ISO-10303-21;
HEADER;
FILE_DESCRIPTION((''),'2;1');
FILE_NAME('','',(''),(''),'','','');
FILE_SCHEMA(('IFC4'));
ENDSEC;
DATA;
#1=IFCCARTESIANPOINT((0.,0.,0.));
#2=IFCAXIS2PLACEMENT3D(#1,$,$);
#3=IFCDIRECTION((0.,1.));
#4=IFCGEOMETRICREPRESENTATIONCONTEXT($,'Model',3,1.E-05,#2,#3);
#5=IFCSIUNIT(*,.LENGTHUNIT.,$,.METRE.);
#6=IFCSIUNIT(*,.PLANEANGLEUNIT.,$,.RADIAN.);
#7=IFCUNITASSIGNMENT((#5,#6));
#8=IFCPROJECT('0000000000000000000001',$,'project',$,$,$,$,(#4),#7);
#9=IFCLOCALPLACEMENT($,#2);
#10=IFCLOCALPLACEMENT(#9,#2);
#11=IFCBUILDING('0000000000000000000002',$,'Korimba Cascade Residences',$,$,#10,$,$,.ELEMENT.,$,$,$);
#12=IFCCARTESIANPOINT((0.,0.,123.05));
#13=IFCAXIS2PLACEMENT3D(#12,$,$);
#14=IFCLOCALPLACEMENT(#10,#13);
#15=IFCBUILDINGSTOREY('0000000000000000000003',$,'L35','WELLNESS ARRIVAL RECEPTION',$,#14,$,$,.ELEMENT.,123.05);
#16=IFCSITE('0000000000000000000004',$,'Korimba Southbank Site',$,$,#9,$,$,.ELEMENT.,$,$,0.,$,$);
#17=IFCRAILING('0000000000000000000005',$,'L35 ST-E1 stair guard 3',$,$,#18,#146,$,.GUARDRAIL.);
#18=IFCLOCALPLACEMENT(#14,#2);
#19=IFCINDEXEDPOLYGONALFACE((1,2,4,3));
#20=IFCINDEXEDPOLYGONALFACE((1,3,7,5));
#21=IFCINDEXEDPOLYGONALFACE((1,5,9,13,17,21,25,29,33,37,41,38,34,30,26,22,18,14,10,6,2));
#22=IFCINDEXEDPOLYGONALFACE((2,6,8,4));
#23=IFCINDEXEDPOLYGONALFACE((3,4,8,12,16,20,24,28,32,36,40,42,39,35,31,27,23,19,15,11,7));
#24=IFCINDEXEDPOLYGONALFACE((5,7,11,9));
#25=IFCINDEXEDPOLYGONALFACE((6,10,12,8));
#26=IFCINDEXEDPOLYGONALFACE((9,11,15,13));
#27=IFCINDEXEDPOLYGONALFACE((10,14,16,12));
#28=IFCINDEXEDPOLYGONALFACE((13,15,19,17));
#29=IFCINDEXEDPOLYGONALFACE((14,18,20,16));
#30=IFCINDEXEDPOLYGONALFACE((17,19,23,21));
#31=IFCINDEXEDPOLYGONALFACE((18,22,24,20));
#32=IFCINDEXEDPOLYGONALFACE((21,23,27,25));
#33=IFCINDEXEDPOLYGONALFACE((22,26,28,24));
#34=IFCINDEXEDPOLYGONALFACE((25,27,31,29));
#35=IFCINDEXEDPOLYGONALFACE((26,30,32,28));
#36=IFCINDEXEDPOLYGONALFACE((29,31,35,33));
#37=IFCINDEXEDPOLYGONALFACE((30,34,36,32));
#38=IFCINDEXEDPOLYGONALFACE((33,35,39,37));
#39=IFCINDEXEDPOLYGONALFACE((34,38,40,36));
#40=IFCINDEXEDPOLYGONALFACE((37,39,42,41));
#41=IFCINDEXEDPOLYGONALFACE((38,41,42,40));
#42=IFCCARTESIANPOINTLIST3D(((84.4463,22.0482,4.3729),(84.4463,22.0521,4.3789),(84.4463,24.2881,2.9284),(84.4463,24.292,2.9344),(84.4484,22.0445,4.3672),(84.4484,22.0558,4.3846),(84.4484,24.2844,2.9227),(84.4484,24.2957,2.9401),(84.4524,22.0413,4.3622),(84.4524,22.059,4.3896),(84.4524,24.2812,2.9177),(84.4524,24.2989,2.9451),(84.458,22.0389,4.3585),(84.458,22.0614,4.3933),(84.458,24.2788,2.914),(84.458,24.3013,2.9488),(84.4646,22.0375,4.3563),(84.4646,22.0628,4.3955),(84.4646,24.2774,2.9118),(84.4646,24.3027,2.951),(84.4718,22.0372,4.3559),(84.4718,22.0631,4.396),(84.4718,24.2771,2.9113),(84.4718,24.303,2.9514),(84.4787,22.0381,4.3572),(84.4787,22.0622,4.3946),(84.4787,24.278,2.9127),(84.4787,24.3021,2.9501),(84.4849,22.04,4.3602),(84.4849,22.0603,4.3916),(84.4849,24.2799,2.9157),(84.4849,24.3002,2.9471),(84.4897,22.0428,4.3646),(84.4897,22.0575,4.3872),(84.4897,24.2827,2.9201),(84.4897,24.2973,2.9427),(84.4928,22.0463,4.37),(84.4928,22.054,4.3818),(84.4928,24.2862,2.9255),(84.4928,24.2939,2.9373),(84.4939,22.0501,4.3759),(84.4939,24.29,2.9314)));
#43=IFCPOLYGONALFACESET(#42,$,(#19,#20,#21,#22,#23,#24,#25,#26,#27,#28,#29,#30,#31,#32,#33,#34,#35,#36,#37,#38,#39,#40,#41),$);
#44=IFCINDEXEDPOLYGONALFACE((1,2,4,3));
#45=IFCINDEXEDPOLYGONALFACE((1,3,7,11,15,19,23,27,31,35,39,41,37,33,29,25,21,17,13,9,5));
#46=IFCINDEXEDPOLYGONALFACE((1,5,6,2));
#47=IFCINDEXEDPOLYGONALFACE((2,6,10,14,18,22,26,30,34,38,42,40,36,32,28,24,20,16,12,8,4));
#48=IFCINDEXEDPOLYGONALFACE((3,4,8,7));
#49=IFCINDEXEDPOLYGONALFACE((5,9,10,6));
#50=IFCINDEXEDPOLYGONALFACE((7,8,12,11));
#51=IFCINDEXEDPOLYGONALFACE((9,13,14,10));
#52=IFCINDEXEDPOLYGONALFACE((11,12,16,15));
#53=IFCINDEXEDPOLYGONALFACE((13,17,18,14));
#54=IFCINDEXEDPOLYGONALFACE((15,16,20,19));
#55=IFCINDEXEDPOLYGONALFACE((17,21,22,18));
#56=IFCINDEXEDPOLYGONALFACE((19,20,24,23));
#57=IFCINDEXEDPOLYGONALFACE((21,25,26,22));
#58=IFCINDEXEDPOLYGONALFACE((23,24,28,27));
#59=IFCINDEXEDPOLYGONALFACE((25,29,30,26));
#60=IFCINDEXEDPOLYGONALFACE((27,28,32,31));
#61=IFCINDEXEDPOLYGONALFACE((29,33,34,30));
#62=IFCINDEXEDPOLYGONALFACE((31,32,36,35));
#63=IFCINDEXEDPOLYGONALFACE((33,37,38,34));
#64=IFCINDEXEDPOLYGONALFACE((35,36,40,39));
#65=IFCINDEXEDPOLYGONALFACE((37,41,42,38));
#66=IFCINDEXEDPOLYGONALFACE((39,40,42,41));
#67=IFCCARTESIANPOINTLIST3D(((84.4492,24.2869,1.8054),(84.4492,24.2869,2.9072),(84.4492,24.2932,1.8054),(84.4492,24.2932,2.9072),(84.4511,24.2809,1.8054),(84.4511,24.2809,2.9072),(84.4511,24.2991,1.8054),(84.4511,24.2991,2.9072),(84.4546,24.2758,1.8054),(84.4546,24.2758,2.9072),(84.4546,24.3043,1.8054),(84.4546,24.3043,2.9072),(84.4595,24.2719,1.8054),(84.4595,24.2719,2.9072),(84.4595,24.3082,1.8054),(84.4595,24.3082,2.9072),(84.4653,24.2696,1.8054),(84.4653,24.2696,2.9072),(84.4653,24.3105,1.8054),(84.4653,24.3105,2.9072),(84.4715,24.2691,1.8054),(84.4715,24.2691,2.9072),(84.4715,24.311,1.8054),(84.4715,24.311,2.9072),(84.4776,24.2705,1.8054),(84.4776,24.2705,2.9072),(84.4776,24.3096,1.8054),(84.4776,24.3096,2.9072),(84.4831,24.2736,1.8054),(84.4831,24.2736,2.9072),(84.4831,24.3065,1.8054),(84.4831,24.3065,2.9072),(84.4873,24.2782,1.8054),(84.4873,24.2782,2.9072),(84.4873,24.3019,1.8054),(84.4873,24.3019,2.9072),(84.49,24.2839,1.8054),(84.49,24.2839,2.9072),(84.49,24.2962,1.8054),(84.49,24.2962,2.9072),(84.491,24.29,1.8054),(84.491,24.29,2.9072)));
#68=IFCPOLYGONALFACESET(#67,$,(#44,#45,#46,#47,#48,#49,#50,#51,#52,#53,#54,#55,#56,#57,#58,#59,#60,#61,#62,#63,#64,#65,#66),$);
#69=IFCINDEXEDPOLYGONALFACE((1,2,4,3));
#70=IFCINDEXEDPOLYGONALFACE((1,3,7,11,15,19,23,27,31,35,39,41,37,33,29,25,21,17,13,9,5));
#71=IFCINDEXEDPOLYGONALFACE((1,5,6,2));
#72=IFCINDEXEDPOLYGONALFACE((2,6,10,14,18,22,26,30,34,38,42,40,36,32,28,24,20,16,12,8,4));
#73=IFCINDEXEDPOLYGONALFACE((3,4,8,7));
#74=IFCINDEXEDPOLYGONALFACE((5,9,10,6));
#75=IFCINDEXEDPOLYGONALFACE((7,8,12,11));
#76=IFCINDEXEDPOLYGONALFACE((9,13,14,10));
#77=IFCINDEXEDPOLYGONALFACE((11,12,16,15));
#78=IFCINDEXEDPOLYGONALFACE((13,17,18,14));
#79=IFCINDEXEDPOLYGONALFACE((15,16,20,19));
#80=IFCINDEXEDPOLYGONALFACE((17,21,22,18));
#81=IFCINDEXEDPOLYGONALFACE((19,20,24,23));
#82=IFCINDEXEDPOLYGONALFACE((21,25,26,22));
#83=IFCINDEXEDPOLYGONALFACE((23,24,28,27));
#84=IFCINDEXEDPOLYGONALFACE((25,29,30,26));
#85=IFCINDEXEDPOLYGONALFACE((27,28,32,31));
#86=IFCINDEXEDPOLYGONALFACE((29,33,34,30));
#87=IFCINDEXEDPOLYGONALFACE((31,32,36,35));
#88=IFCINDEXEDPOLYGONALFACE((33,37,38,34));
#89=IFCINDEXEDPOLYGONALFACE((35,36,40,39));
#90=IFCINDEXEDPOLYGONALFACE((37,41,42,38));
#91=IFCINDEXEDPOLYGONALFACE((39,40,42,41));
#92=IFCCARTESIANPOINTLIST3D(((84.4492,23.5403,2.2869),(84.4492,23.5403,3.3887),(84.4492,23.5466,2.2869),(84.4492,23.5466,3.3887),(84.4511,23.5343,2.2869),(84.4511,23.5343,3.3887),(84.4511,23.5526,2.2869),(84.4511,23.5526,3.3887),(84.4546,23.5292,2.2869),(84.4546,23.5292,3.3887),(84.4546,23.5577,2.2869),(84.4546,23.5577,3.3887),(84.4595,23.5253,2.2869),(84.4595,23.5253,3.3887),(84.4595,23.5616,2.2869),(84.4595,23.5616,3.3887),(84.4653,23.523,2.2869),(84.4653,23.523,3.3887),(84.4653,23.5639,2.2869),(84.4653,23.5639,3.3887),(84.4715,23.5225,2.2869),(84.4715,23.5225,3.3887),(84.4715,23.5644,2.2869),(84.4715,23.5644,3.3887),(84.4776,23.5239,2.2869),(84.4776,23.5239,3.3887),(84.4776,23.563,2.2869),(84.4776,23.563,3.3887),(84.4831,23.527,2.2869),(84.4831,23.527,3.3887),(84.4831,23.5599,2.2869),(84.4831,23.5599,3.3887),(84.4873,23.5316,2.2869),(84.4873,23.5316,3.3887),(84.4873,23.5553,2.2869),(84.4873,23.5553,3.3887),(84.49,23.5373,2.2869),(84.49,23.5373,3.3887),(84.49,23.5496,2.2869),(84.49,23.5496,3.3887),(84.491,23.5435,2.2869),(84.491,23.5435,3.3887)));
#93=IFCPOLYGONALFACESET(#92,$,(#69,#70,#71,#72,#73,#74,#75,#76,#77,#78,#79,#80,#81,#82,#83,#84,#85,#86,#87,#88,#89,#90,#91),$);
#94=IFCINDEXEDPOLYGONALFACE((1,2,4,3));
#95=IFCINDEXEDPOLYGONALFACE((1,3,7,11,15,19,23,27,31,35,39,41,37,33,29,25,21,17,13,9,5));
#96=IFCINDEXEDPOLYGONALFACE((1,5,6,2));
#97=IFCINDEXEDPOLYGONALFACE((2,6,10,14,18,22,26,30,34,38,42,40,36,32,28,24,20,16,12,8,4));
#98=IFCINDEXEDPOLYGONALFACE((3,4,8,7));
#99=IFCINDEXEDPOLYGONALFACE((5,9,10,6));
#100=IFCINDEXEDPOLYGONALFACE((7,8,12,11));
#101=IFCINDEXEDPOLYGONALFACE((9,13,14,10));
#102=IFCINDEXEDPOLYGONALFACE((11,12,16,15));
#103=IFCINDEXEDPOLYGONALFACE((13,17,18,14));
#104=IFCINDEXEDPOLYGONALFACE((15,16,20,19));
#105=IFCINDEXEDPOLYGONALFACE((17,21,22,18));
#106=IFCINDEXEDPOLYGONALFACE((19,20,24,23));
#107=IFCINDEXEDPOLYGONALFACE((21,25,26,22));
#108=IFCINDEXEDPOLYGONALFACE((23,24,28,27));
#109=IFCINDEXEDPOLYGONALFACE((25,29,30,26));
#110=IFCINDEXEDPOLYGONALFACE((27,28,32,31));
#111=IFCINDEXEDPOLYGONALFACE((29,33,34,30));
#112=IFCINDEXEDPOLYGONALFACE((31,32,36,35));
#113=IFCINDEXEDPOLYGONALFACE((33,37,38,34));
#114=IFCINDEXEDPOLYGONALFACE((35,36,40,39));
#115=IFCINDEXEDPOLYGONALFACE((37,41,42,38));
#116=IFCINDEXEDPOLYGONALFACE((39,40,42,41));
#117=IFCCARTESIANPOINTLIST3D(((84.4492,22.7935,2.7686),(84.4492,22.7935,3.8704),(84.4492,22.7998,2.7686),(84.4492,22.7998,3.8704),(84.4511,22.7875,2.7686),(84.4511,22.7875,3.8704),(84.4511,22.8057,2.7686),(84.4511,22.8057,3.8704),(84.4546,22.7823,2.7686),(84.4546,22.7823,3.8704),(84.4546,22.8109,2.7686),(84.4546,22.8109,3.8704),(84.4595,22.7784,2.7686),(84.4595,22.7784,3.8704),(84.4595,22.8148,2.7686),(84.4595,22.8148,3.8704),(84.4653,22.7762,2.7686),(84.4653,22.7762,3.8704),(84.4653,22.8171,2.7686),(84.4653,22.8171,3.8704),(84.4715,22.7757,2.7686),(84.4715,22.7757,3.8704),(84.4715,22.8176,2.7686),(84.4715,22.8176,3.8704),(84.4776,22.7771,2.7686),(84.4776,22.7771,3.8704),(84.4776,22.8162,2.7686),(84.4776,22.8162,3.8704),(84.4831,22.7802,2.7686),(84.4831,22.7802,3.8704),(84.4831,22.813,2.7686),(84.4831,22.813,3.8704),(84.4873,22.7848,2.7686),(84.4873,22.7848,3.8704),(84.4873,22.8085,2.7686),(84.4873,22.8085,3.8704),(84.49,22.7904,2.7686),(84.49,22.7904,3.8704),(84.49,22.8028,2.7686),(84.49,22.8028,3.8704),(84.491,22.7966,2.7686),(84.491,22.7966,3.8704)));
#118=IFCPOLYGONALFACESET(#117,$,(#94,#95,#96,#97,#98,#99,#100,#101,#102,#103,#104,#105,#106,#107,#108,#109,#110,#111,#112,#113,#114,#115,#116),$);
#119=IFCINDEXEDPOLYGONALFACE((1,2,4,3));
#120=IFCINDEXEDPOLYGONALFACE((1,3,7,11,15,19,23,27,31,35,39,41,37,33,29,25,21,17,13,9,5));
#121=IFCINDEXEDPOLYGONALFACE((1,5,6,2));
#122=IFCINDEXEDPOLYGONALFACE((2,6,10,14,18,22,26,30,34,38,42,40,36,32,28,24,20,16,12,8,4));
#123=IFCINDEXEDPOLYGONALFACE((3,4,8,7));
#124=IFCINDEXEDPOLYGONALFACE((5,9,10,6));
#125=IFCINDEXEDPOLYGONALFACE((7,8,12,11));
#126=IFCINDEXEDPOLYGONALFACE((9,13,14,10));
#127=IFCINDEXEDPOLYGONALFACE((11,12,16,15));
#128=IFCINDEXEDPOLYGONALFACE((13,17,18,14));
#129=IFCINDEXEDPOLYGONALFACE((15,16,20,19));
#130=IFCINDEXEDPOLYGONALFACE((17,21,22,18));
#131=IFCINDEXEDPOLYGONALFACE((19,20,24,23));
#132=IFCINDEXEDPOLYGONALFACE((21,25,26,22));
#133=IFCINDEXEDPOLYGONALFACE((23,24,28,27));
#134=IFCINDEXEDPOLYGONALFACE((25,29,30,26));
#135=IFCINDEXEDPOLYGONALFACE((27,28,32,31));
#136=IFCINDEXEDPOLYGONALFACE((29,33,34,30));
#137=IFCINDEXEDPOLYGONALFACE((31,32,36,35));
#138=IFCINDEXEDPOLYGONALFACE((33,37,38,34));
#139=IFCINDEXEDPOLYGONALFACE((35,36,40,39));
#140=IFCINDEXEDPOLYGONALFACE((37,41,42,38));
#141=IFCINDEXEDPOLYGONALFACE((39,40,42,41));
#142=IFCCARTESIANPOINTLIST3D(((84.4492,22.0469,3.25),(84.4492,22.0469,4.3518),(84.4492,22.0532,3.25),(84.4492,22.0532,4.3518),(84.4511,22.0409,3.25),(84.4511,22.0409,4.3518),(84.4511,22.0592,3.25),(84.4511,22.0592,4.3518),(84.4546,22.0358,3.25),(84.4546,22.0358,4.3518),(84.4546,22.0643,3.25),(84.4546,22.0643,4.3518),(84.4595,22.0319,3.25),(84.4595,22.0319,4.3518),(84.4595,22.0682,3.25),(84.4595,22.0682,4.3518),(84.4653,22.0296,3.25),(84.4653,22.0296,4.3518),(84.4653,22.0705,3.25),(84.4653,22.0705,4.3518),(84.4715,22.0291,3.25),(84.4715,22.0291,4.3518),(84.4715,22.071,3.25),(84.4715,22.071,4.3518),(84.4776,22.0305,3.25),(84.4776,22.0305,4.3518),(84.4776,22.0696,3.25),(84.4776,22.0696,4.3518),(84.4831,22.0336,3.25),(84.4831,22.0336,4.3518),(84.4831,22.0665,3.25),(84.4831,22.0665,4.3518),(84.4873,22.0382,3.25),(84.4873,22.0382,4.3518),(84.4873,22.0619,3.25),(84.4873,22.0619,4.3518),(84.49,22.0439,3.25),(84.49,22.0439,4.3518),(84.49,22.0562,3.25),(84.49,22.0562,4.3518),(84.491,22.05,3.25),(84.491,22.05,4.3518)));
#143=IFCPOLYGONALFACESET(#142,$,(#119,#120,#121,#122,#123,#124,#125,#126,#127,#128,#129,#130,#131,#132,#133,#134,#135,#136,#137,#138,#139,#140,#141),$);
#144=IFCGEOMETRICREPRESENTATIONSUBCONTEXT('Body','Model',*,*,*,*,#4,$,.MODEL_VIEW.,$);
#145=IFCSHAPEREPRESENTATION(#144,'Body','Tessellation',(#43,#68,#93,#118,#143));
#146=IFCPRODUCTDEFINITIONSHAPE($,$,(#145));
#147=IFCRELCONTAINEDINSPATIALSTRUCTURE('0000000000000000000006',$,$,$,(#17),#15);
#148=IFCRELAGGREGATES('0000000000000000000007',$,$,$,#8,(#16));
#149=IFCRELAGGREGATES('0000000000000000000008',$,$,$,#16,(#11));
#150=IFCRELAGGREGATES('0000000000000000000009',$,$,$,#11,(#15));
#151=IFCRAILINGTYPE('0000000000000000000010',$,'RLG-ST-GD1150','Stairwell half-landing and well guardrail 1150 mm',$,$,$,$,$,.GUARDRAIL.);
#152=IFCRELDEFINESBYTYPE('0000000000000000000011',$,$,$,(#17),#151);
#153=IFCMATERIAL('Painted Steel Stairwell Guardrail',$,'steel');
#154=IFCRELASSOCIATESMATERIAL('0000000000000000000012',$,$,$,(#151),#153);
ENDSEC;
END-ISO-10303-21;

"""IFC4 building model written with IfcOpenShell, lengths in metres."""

from ifc_helpers import new_model, si_unit, direction, frame, origin, origin_2d, place, context, subcontext, project, spatial, circle, extrude, material, type_object, element, save


model = new_model("IFC4")

# Units and contexts
model_context = context("Model", 3, precision=1e-05, world=origin(), true_north=direction((0.0, 1.0)))
body_context = subcontext(model_context, "Body", "Model", "MODEL_VIEW")
ifc_project = project(units=[si_unit("LENGTHUNIT", "METRE"), si_unit("PLANEANGLEUNIT", "RADIAN")], contexts=[model_context])

# Site, building, storey
site_placement = place(None, origin())
site = spatial("IfcSite", under=ifc_project, at=site_placement, Name="Korimba Southbank Site", CompositionType="ELEMENT", RefElevation=0.0)
building_placement = place(site_placement, origin())
building = spatial("IfcBuilding", under=site, at=building_placement, Name="Korimba Cascade Residences", CompositionType="ELEMENT")
storey_placement = place(building_placement, frame((0.0, 0.0, 123.05)))
storey = spatial("IfcBuildingStorey", under=building, at=storey_placement, Name="L35", Description="WELLNESS ARRIVAL RECEPTION", CompositionType="ELEMENT", Elevation=123.05)

# Railing
ifc_material_1 = material(Name="Painted Steel Stairwell Guardrail", Category="steel")
railing_type_1 = type_object("IfcRailingType", Name="RLG-ST-GD1150", Description="Stairwell half-landing and well guardrail 1150 mm", PredefinedType="GUARDRAIL", material=ifc_material_1)
railing_1_placement = place(storey_placement, frame((84.47, 24.29, 1.8054)))
element("IfcRailing", 1, at=railing_1_placement, inside=storey, type_object=railing_type_1, Name="L35 ST-E1 stair guard 3", PredefinedType="GUARDRAIL", context=body_context, shape_type="SweptSolid", body=[
    extrude(circle(Radius=0.0239, at=origin_2d()), frame((0.0, 0.0, 1.126), z_axis=(0.0, -0.840395, 0.541975), x_axis=(1.0, 0.0, 0.0)), (0.0, 0.0, 1.0), 2.6653),
    extrude(circle(Radius=0.021, at=origin_2d()), origin(), (0.0, 0.0, 1.0), 1.1018),
    extrude(circle(Radius=0.021, at=origin_2d()), frame((0.0, -0.7466, 0.4814)), (0.0, 0.0, 1.0), 1.1018),
    extrude(circle(Radius=0.021, at=origin_2d()), frame((0.0, -1.4934, 0.9631)), (0.0, 0.0, 1.0), 1.1018),
    extrude(circle(Radius=0.021, at=origin_2d()), frame((0.0, -2.24, 1.4446)), (0.0, 0.0, 1.0), 1.1018),
])

save(model, "model.ifc")
